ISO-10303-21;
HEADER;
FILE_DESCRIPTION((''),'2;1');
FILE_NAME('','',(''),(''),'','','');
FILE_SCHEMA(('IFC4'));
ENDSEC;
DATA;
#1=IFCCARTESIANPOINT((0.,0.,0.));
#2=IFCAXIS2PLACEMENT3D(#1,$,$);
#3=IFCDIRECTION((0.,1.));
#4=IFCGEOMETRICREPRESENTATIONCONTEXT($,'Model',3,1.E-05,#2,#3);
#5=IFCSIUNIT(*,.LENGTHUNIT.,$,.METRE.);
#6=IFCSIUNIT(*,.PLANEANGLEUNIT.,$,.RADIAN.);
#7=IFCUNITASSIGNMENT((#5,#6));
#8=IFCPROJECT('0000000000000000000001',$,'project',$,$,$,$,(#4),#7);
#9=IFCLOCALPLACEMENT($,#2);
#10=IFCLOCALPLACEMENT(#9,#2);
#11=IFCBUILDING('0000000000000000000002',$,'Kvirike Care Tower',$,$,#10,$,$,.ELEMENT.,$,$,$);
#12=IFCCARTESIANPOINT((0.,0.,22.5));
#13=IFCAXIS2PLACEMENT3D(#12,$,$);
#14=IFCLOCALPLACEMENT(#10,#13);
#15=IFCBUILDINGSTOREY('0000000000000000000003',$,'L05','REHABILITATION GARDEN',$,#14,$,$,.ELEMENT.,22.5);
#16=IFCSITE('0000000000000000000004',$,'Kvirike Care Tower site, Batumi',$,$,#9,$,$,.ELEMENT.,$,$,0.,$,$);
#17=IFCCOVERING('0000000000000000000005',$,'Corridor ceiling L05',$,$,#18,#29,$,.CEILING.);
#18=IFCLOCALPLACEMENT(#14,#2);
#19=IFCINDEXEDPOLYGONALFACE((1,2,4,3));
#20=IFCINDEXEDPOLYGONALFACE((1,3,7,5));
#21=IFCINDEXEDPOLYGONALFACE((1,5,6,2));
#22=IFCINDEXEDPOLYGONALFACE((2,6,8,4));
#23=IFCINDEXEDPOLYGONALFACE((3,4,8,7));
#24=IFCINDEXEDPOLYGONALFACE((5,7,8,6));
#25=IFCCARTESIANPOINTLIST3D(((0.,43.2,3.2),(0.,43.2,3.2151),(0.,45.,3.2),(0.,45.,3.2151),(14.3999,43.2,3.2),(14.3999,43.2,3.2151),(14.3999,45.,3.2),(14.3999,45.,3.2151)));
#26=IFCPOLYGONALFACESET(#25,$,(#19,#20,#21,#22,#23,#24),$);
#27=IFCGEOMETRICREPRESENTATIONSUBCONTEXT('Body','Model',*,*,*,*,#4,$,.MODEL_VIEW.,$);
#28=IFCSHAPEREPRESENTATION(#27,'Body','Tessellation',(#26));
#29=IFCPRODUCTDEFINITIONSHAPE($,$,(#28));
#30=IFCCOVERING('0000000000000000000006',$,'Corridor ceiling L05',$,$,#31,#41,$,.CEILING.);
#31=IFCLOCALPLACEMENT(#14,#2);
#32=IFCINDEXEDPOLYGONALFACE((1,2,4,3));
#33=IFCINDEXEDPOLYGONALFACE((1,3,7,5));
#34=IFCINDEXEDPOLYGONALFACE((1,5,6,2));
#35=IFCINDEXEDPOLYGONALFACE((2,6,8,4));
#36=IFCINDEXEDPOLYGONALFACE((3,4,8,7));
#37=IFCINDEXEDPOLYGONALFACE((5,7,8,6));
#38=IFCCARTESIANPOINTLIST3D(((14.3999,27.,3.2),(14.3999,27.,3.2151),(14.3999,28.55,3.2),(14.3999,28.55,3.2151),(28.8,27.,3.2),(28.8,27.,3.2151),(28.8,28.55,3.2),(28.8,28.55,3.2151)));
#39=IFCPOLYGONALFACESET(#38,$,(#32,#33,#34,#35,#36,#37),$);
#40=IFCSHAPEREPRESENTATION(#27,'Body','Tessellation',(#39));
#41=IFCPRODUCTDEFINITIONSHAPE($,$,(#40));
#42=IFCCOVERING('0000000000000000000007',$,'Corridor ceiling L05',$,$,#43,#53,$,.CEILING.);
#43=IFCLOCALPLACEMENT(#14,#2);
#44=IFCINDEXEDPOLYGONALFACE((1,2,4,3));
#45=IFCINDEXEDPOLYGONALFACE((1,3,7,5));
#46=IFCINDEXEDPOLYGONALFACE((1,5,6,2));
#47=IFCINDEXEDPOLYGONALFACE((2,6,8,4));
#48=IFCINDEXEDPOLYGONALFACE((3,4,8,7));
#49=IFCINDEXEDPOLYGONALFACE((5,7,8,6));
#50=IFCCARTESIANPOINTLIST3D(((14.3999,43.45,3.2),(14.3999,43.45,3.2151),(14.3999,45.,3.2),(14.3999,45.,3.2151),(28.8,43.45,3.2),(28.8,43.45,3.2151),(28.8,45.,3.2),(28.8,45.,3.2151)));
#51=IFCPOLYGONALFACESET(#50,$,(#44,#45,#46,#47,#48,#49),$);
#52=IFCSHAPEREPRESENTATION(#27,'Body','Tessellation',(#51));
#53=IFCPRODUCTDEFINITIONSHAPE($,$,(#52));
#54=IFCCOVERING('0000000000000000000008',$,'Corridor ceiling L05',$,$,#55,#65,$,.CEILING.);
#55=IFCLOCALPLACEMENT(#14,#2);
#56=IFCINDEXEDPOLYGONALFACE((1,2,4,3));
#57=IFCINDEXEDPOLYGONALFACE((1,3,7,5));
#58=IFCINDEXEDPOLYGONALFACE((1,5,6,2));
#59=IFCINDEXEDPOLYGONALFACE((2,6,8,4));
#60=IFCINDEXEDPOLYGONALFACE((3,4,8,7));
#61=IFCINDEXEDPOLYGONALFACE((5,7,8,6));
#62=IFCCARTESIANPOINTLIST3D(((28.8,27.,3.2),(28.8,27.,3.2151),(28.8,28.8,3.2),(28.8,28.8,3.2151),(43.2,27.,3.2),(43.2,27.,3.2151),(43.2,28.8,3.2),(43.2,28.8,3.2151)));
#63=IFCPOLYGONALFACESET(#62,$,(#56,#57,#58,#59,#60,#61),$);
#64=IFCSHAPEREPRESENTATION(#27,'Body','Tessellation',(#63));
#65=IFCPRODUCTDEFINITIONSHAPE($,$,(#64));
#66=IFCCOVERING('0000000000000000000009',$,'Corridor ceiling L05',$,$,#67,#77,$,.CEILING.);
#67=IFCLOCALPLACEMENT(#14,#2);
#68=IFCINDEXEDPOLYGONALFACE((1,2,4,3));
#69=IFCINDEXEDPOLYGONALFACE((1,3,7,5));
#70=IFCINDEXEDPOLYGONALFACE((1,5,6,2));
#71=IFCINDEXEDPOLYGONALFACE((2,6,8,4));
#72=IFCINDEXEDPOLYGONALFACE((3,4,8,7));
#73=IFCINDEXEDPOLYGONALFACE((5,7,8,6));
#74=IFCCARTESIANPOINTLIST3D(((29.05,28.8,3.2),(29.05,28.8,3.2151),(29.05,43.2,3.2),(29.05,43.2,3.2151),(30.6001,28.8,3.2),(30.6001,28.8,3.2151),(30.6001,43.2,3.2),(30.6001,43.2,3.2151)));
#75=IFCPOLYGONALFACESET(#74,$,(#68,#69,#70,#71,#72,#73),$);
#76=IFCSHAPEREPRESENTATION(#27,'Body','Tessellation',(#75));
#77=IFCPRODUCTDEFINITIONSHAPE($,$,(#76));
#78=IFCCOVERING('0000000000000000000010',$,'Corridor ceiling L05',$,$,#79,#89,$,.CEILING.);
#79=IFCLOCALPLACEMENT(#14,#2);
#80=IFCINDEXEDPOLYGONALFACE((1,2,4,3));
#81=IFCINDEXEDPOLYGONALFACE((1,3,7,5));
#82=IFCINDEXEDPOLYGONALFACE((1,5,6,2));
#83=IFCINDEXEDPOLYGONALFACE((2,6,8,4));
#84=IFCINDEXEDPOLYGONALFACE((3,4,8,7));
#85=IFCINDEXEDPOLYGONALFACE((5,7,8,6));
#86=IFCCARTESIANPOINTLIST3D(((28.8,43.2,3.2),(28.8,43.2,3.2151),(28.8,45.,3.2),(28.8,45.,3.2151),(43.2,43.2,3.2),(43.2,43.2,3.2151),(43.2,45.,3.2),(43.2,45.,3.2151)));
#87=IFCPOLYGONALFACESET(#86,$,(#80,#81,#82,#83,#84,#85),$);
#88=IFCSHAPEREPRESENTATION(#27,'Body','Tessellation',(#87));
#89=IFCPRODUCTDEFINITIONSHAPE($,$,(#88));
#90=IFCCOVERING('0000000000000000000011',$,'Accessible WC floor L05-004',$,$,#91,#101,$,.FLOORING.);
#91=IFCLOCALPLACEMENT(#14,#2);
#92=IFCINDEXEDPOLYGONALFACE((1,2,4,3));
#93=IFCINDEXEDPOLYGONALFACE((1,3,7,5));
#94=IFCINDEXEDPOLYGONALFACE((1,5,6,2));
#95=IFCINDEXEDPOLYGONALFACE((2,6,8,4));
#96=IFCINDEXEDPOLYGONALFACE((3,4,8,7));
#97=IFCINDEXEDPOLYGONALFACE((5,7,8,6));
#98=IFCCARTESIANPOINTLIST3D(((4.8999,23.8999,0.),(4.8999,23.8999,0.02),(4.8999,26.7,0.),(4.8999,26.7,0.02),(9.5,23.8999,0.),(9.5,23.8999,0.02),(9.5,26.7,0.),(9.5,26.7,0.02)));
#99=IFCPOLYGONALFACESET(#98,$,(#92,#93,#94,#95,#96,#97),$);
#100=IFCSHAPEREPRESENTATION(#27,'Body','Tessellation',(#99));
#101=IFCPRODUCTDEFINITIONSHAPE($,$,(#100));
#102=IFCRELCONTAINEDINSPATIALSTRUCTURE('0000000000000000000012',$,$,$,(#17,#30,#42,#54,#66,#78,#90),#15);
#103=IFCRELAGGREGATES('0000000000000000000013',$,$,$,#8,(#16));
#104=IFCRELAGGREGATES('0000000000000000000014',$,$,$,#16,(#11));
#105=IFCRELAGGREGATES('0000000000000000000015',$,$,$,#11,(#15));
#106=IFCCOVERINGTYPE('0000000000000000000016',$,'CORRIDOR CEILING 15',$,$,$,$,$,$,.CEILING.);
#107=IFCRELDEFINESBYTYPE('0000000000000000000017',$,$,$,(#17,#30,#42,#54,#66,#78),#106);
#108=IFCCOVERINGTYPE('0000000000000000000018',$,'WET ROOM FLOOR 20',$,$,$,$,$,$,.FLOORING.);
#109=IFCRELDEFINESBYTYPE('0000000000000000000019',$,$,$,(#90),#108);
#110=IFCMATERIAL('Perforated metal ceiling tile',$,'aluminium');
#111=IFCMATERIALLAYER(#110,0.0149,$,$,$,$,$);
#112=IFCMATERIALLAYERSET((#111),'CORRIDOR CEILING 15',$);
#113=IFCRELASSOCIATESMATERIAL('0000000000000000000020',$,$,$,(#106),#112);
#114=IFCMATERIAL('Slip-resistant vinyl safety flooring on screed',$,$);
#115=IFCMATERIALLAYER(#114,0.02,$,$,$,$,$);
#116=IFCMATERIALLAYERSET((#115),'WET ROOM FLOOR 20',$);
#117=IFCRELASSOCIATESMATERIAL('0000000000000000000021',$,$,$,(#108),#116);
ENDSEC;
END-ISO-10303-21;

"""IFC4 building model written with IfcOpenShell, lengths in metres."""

from ifc_helpers import new_model, si_unit, direction, frame, origin, place, context, subcontext, project, spatial, polyline, outline, extrude, material, layer, layer_set, type_object, element, save


model = new_model("IFC4")

# Units and contexts
model_context = context("Model", 3, precision=1e-05, world=origin(), true_north=direction((0.0, 1.0)))
body_context = subcontext(model_context, "Body", "Model", "MODEL_VIEW")
ifc_project = project(units=[si_unit("LENGTHUNIT", "METRE"), si_unit("PLANEANGLEUNIT", "RADIAN")], contexts=[model_context])

# Site, building, storey
site_placement = place(None, origin())
site = spatial("IfcSite", under=ifc_project, at=site_placement, Name="Kvirike Care Tower site, Batumi", CompositionType="ELEMENT", RefElevation=0.0)
building_placement = place(site_placement, origin())
building = spatial("IfcBuilding", under=site, at=building_placement, Name="Kvirike Care Tower", CompositionType="ELEMENT")
storey_placement = place(building_placement, frame((0.0, 0.0, 22.5)))
storey = spatial("IfcBuildingStorey", under=building, at=storey_placement, Name="L05", Description="REHABILITATION GARDEN", CompositionType="ELEMENT", Elevation=22.5)

# Coverings
ifc_material_1 = material(Name="Perforated metal ceiling tile", Category="aluminium")
ifc_layer_1 = layer(ifc_material_1, 0.0149)
ifc_layer_set_1 = layer_set([ifc_layer_1], Name="CORRIDOR CEILING 15")
covering_type_1 = type_object("IfcCoveringType", Name="CORRIDOR CEILING 15", PredefinedType="CEILING", material=ifc_layer_set_1)
covering_1_placement = place(storey_placement, frame((0.0, 0.0, 3.2)))
element("IfcCovering", 1, at=covering_1_placement, inside=storey, type_object=covering_type_1, Name="Corridor ceiling L05", PredefinedType="CEILING", context=body_context, shape_type="SweptSolid", body=[
    extrude(outline(polyline([(14.3999, 45.0), (14.3999, 43.2), (0.0, 43.2), (0.0, 45.0), (14.3999, 45.0)])), origin(), (0.0, 0.0, 1.0), 0.0151),
])
covering_2_placement = place(storey_placement, frame((0.0, 0.0, 3.2)))
element("IfcCovering", 2, at=covering_2_placement, inside=storey, type_object=covering_type_1, Name="Corridor ceiling L05", PredefinedType="CEILING", context=body_context, shape_type="SweptSolid", body=[
    extrude(outline(polyline([(14.3999, 27.0), (14.3999, 28.55), (28.8, 28.55), (28.8, 27.0), (14.3999, 27.0)])), origin(), (0.0, 0.0, 1.0), 0.0151),
])
covering_3_placement = place(storey_placement, frame((0.0, 0.0, 3.2)))
element("IfcCovering", 3, at=covering_3_placement, inside=storey, type_object=covering_type_1, Name="Corridor ceiling L05", PredefinedType="CEILING", context=body_context, shape_type="SweptSolid", body=[
    extrude(outline(polyline([(28.8, 45.0), (28.8, 43.45), (14.3999, 43.45), (14.3999, 45.0), (28.8, 45.0)])), origin(), (0.0, 0.0, 1.0), 0.0151),
])
covering_4_placement = place(storey_placement, frame((0.0, 0.0, 3.2)))
element("IfcCovering", 4, at=covering_4_placement, inside=storey, type_object=covering_type_1, Name="Corridor ceiling L05", PredefinedType="CEILING", context=body_context, shape_type="SweptSolid", body=[
    extrude(outline(polyline([(28.8, 27.0), (28.8, 28.8), (43.2, 28.8), (43.2, 27.0), (28.8, 27.0)])), origin(), (0.0, 0.0, 1.0), 0.0151),
])
covering_5_placement = place(storey_placement, frame((0.0, 0.0, 3.2)))
element("IfcCovering", 5, at=covering_5_placement, inside=storey, type_object=covering_type_1, Name="Corridor ceiling L05", PredefinedType="CEILING", context=body_context, shape_type="SweptSolid", body=[
    extrude(outline(polyline([(30.6001, 28.8), (29.05, 28.8), (29.05, 43.2), (30.6001, 43.2), (30.6001, 28.8)])), origin(), (0.0, 0.0, 1.0), 0.0151),
])
covering_6_placement = place(storey_placement, frame((0.0, 0.0, 3.2)))
element("IfcCovering", 6, at=covering_6_placement, inside=storey, type_object=covering_type_1, Name="Corridor ceiling L05", PredefinedType="CEILING", context=body_context, shape_type="SweptSolid", body=[
    extrude(outline(polyline([(43.2, 45.0), (43.2, 43.2), (28.8, 43.2), (28.8, 45.0), (43.2, 45.0)])), origin(), (0.0, 0.0, 1.0), 0.0151),
])
ifc_material_2 = material(Name="Slip-resistant vinyl safety flooring on screed")
ifc_layer_2 = layer(ifc_material_2, 0.02)
ifc_layer_set_2 = layer_set([ifc_layer_2], Name="WET ROOM FLOOR 20")
covering_type_2 = type_object("IfcCoveringType", Name="WET ROOM FLOOR 20", PredefinedType="FLOORING", material=ifc_layer_set_2)
covering_7_placement = place(storey_placement, origin())
element("IfcCovering", 7, at=covering_7_placement, inside=storey, type_object=covering_type_2, Name="Accessible WC floor L05-004", PredefinedType="FLOORING", context=body_context, shape_type="SweptSolid", body=[
    extrude(outline(polyline([(4.8999, 26.7), (9.5, 26.7), (9.5, 23.8999), (4.8999, 23.8999), (4.8999, 26.7)])), origin(), (0.0, 0.0, 1.0), 0.02),
])

save(model, "model.ifc")
